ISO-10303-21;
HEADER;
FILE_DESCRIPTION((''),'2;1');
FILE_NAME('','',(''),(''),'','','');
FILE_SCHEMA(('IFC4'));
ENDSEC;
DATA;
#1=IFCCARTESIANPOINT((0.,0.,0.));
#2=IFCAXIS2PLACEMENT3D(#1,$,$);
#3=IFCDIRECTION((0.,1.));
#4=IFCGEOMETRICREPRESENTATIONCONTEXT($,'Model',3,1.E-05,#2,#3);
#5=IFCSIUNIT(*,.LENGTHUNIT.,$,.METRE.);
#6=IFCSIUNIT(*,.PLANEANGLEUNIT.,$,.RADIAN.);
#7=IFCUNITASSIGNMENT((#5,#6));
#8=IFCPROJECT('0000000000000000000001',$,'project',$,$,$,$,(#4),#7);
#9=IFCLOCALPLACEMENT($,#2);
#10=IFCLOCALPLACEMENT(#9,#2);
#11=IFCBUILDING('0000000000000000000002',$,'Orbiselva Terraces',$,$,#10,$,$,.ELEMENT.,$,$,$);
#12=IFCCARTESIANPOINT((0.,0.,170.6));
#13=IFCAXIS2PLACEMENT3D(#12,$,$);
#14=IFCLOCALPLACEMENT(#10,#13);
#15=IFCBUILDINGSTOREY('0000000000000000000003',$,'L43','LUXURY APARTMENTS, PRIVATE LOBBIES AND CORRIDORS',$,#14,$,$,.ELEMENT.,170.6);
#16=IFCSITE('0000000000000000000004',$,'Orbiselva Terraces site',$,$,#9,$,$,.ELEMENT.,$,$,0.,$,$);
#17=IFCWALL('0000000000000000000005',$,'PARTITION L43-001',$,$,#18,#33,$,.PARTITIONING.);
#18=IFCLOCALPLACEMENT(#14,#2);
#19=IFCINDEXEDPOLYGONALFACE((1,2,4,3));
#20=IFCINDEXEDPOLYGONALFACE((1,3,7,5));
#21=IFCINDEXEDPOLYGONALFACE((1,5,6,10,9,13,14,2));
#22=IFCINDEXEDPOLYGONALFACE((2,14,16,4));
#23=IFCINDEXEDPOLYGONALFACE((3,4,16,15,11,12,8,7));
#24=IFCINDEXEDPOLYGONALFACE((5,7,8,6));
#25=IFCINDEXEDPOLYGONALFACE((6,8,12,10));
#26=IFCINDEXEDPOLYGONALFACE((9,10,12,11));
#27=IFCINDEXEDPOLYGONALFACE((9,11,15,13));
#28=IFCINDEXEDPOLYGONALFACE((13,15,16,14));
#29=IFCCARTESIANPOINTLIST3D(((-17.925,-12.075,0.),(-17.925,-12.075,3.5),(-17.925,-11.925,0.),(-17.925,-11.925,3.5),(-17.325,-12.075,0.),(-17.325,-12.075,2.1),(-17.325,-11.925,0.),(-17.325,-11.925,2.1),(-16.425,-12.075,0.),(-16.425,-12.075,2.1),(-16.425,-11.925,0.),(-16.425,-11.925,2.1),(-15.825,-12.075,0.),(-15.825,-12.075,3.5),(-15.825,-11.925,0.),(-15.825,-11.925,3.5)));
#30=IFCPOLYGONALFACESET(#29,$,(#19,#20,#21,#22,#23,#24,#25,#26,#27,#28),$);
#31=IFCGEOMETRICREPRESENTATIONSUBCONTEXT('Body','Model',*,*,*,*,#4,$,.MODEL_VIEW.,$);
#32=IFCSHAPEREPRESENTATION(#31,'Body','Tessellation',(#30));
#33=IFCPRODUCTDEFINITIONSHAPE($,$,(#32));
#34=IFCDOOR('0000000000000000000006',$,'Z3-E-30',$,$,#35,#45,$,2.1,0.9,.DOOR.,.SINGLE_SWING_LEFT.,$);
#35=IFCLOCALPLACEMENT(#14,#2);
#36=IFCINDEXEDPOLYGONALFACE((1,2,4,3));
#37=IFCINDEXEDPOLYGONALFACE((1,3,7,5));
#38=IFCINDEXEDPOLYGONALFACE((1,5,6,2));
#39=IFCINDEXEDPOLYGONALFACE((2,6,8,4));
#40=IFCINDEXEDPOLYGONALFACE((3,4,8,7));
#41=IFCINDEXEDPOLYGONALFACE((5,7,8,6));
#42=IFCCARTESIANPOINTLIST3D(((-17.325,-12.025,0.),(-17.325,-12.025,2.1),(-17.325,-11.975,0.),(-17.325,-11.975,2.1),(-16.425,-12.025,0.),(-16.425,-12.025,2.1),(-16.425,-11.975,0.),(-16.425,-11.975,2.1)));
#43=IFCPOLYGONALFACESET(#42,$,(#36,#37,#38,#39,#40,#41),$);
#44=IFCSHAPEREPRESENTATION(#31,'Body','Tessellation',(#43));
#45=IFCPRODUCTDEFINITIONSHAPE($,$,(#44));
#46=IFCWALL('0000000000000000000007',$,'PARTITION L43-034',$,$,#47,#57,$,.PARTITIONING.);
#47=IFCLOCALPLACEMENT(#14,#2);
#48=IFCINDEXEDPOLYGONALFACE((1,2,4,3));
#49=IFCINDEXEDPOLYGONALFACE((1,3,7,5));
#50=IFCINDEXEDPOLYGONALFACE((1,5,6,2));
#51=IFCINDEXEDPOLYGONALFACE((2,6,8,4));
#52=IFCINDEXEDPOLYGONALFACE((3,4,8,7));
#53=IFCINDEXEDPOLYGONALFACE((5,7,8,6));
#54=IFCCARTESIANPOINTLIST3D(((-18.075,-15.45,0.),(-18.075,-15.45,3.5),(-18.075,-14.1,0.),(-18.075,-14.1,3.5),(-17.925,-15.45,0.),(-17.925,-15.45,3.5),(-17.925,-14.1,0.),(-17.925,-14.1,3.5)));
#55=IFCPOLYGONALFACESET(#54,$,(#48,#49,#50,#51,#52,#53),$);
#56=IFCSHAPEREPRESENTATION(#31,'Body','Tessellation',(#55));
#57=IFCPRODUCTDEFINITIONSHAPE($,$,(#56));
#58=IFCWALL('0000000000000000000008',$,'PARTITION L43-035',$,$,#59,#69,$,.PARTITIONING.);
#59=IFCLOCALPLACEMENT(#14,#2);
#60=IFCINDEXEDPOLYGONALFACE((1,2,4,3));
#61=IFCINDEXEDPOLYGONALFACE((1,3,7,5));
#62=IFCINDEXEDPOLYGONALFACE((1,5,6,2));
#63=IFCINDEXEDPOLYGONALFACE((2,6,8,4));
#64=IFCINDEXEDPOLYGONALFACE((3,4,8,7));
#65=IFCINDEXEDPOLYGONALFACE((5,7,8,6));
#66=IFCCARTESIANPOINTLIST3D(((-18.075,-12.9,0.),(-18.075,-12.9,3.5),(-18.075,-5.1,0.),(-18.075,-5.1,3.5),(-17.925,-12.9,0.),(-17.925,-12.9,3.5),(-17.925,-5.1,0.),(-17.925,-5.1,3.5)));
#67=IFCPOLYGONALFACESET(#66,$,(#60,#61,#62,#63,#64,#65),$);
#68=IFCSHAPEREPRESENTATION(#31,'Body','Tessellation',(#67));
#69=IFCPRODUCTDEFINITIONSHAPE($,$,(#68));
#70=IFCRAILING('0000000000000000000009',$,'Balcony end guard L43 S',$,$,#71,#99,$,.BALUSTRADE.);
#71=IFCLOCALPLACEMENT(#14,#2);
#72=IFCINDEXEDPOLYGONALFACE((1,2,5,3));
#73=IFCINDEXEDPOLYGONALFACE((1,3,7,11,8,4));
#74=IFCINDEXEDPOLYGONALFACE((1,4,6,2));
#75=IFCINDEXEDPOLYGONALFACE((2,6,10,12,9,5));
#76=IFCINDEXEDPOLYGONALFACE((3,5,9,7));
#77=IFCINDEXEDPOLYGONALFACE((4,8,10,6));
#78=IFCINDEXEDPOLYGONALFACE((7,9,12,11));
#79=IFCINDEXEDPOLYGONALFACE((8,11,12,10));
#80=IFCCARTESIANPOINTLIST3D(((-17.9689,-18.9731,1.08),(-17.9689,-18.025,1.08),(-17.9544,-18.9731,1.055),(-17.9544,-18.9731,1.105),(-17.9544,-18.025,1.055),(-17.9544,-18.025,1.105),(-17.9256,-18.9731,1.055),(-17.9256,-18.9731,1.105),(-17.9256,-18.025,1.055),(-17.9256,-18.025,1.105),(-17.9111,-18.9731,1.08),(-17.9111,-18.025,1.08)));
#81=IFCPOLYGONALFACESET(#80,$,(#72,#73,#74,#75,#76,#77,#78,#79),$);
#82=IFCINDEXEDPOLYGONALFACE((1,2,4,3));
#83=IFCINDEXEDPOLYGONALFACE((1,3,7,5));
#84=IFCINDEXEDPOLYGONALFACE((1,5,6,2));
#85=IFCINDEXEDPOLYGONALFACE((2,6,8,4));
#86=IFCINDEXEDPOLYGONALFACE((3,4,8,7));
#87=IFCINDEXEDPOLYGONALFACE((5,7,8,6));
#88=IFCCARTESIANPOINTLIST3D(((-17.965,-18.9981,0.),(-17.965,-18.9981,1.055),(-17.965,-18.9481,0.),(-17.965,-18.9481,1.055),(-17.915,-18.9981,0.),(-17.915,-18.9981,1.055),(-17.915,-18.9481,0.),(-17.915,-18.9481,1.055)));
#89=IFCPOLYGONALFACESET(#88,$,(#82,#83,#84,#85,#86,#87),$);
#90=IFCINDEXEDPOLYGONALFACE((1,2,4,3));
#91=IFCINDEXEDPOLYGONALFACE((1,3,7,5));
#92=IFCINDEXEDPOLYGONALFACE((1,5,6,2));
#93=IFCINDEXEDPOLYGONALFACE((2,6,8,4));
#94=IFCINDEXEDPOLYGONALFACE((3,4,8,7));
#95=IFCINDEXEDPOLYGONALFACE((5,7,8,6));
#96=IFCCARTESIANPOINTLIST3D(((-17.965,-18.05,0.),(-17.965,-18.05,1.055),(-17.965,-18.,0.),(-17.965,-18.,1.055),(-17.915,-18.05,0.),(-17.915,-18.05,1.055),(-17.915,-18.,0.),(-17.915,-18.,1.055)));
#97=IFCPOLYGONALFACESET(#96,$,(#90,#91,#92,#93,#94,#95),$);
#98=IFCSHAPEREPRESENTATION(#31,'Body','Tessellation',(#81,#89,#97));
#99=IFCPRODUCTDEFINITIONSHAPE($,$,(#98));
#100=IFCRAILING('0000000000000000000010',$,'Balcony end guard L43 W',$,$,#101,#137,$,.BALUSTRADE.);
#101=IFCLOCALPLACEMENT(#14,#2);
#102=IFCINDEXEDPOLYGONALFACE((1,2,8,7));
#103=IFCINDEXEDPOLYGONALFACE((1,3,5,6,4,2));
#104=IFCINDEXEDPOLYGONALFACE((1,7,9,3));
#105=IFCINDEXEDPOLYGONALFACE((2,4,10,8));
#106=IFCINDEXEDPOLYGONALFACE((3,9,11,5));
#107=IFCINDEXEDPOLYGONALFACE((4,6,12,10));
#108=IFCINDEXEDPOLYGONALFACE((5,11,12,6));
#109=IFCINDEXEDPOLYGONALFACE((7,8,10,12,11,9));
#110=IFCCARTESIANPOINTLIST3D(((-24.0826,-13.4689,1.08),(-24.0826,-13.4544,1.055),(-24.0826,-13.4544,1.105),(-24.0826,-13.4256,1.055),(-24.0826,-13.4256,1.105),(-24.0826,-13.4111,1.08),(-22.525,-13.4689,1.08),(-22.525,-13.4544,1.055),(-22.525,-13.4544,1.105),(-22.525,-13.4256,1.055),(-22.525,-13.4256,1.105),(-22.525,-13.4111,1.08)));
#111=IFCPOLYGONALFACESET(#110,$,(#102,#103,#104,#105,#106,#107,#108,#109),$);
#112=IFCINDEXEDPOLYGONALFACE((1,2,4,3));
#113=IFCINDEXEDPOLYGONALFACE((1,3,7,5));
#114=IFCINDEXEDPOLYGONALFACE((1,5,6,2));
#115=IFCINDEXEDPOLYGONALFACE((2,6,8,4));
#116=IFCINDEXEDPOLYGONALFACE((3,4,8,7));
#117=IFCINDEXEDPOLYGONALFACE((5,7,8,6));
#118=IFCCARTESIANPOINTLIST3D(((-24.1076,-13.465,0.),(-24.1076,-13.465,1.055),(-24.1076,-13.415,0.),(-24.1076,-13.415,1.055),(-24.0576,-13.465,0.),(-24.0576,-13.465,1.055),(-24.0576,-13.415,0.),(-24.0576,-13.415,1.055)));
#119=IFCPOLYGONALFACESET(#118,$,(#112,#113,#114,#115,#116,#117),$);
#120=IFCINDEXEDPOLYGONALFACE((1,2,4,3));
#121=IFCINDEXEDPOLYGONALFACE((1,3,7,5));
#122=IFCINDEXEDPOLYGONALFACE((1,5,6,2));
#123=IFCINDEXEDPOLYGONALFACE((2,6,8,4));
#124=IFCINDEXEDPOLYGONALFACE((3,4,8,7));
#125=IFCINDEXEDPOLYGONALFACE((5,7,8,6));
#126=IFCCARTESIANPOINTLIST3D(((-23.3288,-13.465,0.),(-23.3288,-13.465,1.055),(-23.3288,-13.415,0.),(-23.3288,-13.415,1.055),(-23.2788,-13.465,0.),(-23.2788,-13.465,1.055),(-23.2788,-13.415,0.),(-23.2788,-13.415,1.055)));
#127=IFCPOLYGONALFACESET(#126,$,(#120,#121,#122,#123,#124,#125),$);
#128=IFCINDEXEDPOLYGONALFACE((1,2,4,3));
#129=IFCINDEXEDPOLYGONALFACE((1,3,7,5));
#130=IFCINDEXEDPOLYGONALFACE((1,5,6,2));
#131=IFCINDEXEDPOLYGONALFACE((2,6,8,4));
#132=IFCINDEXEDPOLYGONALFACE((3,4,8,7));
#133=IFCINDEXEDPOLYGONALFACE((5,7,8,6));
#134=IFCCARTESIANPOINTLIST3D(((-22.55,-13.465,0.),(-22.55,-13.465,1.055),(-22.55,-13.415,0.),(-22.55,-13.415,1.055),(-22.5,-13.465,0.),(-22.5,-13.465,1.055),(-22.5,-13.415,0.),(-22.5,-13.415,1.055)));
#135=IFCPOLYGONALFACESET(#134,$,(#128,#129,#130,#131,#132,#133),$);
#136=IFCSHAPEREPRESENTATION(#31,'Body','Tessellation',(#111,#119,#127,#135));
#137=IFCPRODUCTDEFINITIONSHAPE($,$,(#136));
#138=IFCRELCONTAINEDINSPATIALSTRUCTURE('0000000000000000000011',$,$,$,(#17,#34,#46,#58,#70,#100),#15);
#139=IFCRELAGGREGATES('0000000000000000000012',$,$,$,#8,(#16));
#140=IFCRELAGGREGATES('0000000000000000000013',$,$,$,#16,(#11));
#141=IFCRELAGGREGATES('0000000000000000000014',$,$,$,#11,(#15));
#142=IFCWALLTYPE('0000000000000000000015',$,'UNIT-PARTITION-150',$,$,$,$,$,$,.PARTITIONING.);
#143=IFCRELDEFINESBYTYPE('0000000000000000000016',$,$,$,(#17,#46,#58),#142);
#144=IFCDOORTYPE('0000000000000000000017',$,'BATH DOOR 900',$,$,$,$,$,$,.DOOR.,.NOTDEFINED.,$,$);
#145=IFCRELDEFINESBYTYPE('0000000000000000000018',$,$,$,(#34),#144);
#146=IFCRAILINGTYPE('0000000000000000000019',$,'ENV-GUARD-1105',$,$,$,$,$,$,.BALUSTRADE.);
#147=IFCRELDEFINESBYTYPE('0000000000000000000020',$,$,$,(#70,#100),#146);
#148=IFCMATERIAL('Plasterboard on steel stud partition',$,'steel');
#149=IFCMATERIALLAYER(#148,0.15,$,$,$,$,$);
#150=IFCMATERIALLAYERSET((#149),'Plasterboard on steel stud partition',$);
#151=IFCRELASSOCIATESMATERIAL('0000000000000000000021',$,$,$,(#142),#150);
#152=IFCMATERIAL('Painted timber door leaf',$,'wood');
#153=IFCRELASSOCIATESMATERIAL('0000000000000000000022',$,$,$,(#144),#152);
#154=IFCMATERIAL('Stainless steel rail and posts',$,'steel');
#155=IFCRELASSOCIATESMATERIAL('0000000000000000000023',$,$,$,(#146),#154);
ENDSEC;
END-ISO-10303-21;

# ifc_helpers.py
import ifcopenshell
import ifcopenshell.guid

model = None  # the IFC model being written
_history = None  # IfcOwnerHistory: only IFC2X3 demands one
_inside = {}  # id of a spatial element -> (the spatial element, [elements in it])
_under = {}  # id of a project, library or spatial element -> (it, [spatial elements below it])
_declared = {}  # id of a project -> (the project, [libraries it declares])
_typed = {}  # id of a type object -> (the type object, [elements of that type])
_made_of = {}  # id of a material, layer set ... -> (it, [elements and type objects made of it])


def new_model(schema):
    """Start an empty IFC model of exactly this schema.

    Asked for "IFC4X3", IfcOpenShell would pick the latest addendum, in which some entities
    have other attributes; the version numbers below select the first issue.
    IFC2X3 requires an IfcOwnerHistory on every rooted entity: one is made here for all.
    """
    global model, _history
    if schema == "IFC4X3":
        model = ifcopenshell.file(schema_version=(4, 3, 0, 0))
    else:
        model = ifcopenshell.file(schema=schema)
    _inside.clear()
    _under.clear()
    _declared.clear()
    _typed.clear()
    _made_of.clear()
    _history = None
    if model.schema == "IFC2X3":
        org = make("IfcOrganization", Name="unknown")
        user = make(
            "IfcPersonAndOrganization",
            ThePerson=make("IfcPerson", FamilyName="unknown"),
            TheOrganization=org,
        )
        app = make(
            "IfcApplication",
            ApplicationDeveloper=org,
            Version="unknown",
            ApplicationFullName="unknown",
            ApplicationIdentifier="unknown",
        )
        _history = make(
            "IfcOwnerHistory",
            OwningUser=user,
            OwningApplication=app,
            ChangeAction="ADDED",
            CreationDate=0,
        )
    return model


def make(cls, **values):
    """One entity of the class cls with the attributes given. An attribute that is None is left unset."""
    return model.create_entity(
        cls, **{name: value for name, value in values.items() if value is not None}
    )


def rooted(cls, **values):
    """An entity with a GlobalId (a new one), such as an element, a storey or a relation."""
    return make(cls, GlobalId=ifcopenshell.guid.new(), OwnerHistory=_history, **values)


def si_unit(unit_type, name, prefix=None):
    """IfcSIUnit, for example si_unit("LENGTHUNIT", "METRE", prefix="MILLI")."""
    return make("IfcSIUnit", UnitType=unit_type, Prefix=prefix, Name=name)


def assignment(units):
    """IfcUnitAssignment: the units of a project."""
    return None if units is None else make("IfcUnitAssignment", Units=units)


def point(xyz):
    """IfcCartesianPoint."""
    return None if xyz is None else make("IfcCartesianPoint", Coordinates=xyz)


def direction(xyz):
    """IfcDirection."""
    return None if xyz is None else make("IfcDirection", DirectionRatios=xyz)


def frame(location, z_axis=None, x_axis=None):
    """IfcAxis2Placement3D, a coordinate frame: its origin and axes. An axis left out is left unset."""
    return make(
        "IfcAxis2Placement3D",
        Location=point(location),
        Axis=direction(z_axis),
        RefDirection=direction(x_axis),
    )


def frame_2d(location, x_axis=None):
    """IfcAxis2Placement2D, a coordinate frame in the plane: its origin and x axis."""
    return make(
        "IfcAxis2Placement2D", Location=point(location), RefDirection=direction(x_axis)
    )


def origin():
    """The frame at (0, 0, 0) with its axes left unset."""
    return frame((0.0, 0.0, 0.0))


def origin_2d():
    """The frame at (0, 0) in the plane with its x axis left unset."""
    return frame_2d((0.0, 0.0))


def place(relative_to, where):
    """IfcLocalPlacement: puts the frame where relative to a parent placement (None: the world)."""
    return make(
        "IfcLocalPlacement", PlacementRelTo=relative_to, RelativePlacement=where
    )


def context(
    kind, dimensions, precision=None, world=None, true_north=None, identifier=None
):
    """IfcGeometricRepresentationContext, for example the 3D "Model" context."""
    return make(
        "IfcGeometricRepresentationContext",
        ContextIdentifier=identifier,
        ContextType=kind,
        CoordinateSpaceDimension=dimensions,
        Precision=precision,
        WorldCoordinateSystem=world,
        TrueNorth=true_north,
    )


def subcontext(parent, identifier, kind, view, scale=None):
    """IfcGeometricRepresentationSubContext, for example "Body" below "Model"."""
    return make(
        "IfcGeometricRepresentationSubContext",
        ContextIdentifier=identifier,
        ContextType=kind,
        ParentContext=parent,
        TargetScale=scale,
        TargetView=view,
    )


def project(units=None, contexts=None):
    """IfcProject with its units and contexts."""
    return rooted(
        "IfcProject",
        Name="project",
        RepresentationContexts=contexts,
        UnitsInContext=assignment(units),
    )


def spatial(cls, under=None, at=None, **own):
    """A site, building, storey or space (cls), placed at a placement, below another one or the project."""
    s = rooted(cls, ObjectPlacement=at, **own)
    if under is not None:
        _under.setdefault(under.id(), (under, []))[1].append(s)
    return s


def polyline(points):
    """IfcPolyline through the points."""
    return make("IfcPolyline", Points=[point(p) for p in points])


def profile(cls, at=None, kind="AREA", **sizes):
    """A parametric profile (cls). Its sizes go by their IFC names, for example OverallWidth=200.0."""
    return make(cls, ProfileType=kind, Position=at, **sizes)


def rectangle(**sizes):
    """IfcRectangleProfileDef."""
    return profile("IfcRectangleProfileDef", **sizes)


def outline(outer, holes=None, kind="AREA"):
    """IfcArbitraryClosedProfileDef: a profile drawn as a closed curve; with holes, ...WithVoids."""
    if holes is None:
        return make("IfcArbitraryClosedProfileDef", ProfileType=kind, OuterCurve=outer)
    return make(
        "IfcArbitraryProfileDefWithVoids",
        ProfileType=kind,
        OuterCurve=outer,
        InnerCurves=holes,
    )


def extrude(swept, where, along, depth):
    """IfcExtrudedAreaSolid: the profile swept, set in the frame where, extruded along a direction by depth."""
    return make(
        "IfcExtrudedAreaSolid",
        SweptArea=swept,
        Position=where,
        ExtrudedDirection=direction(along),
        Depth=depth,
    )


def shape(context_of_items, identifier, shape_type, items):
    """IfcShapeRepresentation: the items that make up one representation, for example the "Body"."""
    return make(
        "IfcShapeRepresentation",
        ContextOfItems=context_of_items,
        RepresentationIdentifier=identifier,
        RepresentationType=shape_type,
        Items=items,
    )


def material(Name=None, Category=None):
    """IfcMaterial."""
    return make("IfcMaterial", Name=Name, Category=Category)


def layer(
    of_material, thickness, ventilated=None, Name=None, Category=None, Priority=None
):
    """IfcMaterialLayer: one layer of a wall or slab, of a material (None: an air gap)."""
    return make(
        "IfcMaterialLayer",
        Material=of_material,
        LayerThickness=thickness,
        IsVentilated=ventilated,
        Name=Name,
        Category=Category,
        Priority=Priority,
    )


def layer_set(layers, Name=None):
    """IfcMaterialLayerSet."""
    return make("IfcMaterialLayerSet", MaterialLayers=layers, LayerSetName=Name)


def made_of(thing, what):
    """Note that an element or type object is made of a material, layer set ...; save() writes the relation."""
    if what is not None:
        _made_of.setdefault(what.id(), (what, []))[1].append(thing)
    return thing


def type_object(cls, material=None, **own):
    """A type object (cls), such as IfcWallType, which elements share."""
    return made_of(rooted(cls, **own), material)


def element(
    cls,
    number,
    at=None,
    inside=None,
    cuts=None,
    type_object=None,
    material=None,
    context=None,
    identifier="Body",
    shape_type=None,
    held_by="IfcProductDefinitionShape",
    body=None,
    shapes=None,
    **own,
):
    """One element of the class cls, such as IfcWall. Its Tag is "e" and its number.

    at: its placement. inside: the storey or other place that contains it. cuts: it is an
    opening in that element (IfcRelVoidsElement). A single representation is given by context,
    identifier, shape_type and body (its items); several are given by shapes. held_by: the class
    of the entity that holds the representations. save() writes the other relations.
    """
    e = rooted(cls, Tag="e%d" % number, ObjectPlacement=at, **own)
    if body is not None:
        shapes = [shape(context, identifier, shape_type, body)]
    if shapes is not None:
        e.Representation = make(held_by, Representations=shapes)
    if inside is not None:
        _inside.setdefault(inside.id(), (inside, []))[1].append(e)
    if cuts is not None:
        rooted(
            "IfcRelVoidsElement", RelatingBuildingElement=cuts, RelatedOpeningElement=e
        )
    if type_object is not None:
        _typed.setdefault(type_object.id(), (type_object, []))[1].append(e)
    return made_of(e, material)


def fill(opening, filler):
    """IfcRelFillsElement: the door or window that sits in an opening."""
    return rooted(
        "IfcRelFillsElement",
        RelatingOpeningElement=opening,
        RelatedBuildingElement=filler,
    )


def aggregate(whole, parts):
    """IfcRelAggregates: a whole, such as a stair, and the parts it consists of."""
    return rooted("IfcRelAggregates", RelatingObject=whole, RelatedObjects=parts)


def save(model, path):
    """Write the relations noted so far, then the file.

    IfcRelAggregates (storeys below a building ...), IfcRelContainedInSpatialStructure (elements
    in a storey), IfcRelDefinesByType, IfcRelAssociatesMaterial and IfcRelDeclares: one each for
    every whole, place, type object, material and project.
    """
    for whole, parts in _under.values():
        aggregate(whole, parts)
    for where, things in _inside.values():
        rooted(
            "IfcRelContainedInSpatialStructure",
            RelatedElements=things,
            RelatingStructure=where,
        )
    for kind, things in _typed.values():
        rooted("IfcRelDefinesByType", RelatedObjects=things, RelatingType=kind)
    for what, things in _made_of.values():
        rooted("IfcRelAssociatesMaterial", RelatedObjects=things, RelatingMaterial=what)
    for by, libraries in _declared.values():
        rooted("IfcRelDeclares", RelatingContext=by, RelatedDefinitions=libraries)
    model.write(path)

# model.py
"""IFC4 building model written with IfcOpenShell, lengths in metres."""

from ifc_helpers import new_model, si_unit, direction, frame, frame_2d, origin, origin_2d, place, context, subcontext, project, spatial, polyline, rectangle, outline, extrude, material, layer, layer_set, type_object, element, fill, save


model = new_model("IFC4")

# Units and contexts
model_context = context("Model", 3, precision=1e-05, world=origin(), true_north=direction((0.0, 1.0)))
body_context = subcontext(model_context, "Body", "Model", "MODEL_VIEW")
ifc_project = project(units=[si_unit("LENGTHUNIT", "METRE"), si_unit("PLANEANGLEUNIT", "RADIAN")], contexts=[model_context])

# Site, building, storey
site_placement = place(None, origin())
site = spatial("IfcSite", under=ifc_project, at=site_placement, Name="Orbiselva Terraces site", CompositionType="ELEMENT", RefElevation=0.0)
building_placement = place(site_placement, origin())
building = spatial("IfcBuilding", under=site, at=building_placement, Name="Orbiselva Terraces", CompositionType="ELEMENT")
storey_placement = place(building_placement, frame((0.0, 0.0, 170.6)))
storey = spatial("IfcBuildingStorey", under=building, at=storey_placement, Name="L43", Description="LUXURY APARTMENTS, PRIVATE LOBBIES AND CORRIDORS", CompositionType="ELEMENT", Elevation=170.6)

# Wall, opening, door
ifc_material_1 = material(Name="Plasterboard on steel stud partition", Category="steel")
ifc_layer_1 = layer(ifc_material_1, 0.15)
ifc_layer_set_1 = layer_set([ifc_layer_1], Name="Plasterboard on steel stud partition")
wall_type_1 = type_object("IfcWallType", Name="UNIT-PARTITION-150", PredefinedType="PARTITIONING", material=ifc_layer_set_1)
wall_1_placement = place(storey_placement, frame((-17.925, -12.0, 0.0), z_axis=(0.0, 0.0, 1.0), x_axis=(1.0, 0.0, 0.0)))
wall_1 = element("IfcWall", 1, at=wall_1_placement, inside=storey, type_object=wall_type_1, Name="PARTITION L43-001", PredefinedType="PARTITIONING", context=body_context, shape_type="SweptSolid", body=[
    extrude(rectangle(XDim=2.1, YDim=0.15, at=frame_2d((1.05, 0.0))), origin(), (0.0, 0.0, 1.0), 3.5),
])
opening_1_placement = place(wall_1_placement, frame((0.6, 0.0, 0.0)))
opening_1 = element("IfcOpeningElement", 2, at=opening_1_placement, cuts=wall_1, PredefinedType="OPENING", context=body_context, shape_type="SweptSolid", body=[
    extrude(rectangle(XDim=0.9, YDim=2.1, at=frame_2d((0.45, 1.05))), frame((0.0, 0.085, 0.0), z_axis=(0.0, -1.0, 0.0), x_axis=(1.0, 0.0, 0.0)), (0.0, 0.0, 1.0), 0.17),
])
ifc_material_2 = material(Name="Painted timber door leaf", Category="wood")
door_type = type_object("IfcDoorType", Name="BATH DOOR 900", OperationType="NOTDEFINED", PredefinedType="DOOR", material=ifc_material_2)
door_placement = place(opening_1_placement, origin())
door = element("IfcDoor", 3, at=door_placement, inside=storey, type_object=door_type, Name="Z3-E-30", OperationType="SINGLE_SWING_LEFT", OverallHeight=2.1, OverallWidth=0.9, PredefinedType="DOOR", context=body_context, shape_type="SweptSolid", body=[
    extrude(rectangle(XDim=0.9, YDim=2.1, at=frame_2d((0.45, 1.05))), frame((0.0, 0.025, 0.0), z_axis=(0.0, -1.0, 0.0), x_axis=(1.0, 0.0, 0.0)), (0.0, 0.0, 1.0), 0.05),
])
fill(opening_1, door)

# Walls
wall_2_placement = place(storey_placement, frame((-18.0, -15.45, 0.0), z_axis=(0.0, 0.0, 1.0), x_axis=(0.0, 1.0, 0.0)))
element("IfcWall", 4, at=wall_2_placement, inside=storey, type_object=wall_type_1, Name="PARTITION L43-034", PredefinedType="PARTITIONING", context=body_context, shape_type="SweptSolid", body=[
    extrude(rectangle(XDim=1.35, YDim=0.15, at=frame_2d((0.675, 0.0))), origin(), (0.0, 0.0, 1.0), 3.5),
])
wall_3_placement = place(storey_placement, frame((-18.0, -12.9, 0.0), z_axis=(0.0, 0.0, 1.0), x_axis=(0.0, 1.0, 0.0)))
element("IfcWall", 5, at=wall_3_placement, inside=storey, type_object=wall_type_1, Name="PARTITION L43-035", PredefinedType="PARTITIONING", context=body_context, shape_type="SweptSolid", body=[
    extrude(rectangle(XDim=7.8, YDim=0.15, at=frame_2d((3.9, 0.0))), origin(), (0.0, 0.0, 1.0), 3.5),
])

# Railings
ifc_material_3 = material(Name="Stainless steel rail and posts", Category="steel")
railing_type_1 = type_object("IfcRailingType", Name="ENV-GUARD-1105", PredefinedType="BALUSTRADE", material=ifc_material_3)
railing_1_placement = place(storey_placement, frame((-17.94, -18.9731, 0.0)))
element("IfcRailing", 6, at=railing_1_placement, inside=storey, type_object=railing_type_1, Name="Balcony end guard L43 S", PredefinedType="BALUSTRADE", context=body_context, shape_type="SweptSolid", body=[
    extrude(outline(polyline([(0.0289, 0.0), (0.0144, 0.025), (-0.0144, 0.025), (-0.0289, 0.0), (-0.0144, -0.025), (0.0144, -0.025), (0.0289, 0.0)])), frame((0.0, 0.0, 1.08), z_axis=(0.0, 1.0, 0.0), x_axis=(-1.0, 0.0, 0.0)), (0.0, 0.0, 1.0), 0.9481),
    extrude(rectangle(XDim=0.05, YDim=0.05, at=origin_2d()), origin(), (0.0, 0.0, 1.0), 1.055),
    extrude(rectangle(XDim=0.05, YDim=0.05, at=origin_2d()), frame((0.0, 0.9481, 0.0)), (0.0, 0.0, 1.0), 1.055),
])
railing_2_placement = place(storey_placement, frame((-24.0826, -13.44, 0.0)))
element("IfcRailing", 7, at=railing_2_placement, inside=storey, type_object=railing_type_1, Name="Balcony end guard L43 W", PredefinedType="BALUSTRADE", context=body_context, shape_type="SweptSolid", body=[
    extrude(outline(polyline([(0.0289, 0.0), (0.0144, 0.025), (-0.0144, 0.025), (-0.0289, 0.0), (-0.0144, -0.025), (0.0144, -0.025), (0.0289, 0.0)])), frame((0.0, 0.0, 1.08), z_axis=(1.0, 0.0, 0.0), x_axis=(0.0, 1.0, 0.0)), (0.0, 0.0, 1.0), 1.5576),
    extrude(rectangle(XDim=0.05, YDim=0.05, at=origin_2d()), origin(), (0.0, 0.0, 1.0), 1.055),
    extrude(rectangle(XDim=0.05, YDim=0.05, at=origin_2d()), frame((0.7788, 0.0, 0.0)), (0.0, 0.0, 1.0), 1.055),
    extrude(rectangle(XDim=0.05, YDim=0.05, at=origin_2d()), frame((1.5576, 0.0, 0.0)), (0.0, 0.0, 1.0), 1.055),
])

save(model, "model.ifc")
